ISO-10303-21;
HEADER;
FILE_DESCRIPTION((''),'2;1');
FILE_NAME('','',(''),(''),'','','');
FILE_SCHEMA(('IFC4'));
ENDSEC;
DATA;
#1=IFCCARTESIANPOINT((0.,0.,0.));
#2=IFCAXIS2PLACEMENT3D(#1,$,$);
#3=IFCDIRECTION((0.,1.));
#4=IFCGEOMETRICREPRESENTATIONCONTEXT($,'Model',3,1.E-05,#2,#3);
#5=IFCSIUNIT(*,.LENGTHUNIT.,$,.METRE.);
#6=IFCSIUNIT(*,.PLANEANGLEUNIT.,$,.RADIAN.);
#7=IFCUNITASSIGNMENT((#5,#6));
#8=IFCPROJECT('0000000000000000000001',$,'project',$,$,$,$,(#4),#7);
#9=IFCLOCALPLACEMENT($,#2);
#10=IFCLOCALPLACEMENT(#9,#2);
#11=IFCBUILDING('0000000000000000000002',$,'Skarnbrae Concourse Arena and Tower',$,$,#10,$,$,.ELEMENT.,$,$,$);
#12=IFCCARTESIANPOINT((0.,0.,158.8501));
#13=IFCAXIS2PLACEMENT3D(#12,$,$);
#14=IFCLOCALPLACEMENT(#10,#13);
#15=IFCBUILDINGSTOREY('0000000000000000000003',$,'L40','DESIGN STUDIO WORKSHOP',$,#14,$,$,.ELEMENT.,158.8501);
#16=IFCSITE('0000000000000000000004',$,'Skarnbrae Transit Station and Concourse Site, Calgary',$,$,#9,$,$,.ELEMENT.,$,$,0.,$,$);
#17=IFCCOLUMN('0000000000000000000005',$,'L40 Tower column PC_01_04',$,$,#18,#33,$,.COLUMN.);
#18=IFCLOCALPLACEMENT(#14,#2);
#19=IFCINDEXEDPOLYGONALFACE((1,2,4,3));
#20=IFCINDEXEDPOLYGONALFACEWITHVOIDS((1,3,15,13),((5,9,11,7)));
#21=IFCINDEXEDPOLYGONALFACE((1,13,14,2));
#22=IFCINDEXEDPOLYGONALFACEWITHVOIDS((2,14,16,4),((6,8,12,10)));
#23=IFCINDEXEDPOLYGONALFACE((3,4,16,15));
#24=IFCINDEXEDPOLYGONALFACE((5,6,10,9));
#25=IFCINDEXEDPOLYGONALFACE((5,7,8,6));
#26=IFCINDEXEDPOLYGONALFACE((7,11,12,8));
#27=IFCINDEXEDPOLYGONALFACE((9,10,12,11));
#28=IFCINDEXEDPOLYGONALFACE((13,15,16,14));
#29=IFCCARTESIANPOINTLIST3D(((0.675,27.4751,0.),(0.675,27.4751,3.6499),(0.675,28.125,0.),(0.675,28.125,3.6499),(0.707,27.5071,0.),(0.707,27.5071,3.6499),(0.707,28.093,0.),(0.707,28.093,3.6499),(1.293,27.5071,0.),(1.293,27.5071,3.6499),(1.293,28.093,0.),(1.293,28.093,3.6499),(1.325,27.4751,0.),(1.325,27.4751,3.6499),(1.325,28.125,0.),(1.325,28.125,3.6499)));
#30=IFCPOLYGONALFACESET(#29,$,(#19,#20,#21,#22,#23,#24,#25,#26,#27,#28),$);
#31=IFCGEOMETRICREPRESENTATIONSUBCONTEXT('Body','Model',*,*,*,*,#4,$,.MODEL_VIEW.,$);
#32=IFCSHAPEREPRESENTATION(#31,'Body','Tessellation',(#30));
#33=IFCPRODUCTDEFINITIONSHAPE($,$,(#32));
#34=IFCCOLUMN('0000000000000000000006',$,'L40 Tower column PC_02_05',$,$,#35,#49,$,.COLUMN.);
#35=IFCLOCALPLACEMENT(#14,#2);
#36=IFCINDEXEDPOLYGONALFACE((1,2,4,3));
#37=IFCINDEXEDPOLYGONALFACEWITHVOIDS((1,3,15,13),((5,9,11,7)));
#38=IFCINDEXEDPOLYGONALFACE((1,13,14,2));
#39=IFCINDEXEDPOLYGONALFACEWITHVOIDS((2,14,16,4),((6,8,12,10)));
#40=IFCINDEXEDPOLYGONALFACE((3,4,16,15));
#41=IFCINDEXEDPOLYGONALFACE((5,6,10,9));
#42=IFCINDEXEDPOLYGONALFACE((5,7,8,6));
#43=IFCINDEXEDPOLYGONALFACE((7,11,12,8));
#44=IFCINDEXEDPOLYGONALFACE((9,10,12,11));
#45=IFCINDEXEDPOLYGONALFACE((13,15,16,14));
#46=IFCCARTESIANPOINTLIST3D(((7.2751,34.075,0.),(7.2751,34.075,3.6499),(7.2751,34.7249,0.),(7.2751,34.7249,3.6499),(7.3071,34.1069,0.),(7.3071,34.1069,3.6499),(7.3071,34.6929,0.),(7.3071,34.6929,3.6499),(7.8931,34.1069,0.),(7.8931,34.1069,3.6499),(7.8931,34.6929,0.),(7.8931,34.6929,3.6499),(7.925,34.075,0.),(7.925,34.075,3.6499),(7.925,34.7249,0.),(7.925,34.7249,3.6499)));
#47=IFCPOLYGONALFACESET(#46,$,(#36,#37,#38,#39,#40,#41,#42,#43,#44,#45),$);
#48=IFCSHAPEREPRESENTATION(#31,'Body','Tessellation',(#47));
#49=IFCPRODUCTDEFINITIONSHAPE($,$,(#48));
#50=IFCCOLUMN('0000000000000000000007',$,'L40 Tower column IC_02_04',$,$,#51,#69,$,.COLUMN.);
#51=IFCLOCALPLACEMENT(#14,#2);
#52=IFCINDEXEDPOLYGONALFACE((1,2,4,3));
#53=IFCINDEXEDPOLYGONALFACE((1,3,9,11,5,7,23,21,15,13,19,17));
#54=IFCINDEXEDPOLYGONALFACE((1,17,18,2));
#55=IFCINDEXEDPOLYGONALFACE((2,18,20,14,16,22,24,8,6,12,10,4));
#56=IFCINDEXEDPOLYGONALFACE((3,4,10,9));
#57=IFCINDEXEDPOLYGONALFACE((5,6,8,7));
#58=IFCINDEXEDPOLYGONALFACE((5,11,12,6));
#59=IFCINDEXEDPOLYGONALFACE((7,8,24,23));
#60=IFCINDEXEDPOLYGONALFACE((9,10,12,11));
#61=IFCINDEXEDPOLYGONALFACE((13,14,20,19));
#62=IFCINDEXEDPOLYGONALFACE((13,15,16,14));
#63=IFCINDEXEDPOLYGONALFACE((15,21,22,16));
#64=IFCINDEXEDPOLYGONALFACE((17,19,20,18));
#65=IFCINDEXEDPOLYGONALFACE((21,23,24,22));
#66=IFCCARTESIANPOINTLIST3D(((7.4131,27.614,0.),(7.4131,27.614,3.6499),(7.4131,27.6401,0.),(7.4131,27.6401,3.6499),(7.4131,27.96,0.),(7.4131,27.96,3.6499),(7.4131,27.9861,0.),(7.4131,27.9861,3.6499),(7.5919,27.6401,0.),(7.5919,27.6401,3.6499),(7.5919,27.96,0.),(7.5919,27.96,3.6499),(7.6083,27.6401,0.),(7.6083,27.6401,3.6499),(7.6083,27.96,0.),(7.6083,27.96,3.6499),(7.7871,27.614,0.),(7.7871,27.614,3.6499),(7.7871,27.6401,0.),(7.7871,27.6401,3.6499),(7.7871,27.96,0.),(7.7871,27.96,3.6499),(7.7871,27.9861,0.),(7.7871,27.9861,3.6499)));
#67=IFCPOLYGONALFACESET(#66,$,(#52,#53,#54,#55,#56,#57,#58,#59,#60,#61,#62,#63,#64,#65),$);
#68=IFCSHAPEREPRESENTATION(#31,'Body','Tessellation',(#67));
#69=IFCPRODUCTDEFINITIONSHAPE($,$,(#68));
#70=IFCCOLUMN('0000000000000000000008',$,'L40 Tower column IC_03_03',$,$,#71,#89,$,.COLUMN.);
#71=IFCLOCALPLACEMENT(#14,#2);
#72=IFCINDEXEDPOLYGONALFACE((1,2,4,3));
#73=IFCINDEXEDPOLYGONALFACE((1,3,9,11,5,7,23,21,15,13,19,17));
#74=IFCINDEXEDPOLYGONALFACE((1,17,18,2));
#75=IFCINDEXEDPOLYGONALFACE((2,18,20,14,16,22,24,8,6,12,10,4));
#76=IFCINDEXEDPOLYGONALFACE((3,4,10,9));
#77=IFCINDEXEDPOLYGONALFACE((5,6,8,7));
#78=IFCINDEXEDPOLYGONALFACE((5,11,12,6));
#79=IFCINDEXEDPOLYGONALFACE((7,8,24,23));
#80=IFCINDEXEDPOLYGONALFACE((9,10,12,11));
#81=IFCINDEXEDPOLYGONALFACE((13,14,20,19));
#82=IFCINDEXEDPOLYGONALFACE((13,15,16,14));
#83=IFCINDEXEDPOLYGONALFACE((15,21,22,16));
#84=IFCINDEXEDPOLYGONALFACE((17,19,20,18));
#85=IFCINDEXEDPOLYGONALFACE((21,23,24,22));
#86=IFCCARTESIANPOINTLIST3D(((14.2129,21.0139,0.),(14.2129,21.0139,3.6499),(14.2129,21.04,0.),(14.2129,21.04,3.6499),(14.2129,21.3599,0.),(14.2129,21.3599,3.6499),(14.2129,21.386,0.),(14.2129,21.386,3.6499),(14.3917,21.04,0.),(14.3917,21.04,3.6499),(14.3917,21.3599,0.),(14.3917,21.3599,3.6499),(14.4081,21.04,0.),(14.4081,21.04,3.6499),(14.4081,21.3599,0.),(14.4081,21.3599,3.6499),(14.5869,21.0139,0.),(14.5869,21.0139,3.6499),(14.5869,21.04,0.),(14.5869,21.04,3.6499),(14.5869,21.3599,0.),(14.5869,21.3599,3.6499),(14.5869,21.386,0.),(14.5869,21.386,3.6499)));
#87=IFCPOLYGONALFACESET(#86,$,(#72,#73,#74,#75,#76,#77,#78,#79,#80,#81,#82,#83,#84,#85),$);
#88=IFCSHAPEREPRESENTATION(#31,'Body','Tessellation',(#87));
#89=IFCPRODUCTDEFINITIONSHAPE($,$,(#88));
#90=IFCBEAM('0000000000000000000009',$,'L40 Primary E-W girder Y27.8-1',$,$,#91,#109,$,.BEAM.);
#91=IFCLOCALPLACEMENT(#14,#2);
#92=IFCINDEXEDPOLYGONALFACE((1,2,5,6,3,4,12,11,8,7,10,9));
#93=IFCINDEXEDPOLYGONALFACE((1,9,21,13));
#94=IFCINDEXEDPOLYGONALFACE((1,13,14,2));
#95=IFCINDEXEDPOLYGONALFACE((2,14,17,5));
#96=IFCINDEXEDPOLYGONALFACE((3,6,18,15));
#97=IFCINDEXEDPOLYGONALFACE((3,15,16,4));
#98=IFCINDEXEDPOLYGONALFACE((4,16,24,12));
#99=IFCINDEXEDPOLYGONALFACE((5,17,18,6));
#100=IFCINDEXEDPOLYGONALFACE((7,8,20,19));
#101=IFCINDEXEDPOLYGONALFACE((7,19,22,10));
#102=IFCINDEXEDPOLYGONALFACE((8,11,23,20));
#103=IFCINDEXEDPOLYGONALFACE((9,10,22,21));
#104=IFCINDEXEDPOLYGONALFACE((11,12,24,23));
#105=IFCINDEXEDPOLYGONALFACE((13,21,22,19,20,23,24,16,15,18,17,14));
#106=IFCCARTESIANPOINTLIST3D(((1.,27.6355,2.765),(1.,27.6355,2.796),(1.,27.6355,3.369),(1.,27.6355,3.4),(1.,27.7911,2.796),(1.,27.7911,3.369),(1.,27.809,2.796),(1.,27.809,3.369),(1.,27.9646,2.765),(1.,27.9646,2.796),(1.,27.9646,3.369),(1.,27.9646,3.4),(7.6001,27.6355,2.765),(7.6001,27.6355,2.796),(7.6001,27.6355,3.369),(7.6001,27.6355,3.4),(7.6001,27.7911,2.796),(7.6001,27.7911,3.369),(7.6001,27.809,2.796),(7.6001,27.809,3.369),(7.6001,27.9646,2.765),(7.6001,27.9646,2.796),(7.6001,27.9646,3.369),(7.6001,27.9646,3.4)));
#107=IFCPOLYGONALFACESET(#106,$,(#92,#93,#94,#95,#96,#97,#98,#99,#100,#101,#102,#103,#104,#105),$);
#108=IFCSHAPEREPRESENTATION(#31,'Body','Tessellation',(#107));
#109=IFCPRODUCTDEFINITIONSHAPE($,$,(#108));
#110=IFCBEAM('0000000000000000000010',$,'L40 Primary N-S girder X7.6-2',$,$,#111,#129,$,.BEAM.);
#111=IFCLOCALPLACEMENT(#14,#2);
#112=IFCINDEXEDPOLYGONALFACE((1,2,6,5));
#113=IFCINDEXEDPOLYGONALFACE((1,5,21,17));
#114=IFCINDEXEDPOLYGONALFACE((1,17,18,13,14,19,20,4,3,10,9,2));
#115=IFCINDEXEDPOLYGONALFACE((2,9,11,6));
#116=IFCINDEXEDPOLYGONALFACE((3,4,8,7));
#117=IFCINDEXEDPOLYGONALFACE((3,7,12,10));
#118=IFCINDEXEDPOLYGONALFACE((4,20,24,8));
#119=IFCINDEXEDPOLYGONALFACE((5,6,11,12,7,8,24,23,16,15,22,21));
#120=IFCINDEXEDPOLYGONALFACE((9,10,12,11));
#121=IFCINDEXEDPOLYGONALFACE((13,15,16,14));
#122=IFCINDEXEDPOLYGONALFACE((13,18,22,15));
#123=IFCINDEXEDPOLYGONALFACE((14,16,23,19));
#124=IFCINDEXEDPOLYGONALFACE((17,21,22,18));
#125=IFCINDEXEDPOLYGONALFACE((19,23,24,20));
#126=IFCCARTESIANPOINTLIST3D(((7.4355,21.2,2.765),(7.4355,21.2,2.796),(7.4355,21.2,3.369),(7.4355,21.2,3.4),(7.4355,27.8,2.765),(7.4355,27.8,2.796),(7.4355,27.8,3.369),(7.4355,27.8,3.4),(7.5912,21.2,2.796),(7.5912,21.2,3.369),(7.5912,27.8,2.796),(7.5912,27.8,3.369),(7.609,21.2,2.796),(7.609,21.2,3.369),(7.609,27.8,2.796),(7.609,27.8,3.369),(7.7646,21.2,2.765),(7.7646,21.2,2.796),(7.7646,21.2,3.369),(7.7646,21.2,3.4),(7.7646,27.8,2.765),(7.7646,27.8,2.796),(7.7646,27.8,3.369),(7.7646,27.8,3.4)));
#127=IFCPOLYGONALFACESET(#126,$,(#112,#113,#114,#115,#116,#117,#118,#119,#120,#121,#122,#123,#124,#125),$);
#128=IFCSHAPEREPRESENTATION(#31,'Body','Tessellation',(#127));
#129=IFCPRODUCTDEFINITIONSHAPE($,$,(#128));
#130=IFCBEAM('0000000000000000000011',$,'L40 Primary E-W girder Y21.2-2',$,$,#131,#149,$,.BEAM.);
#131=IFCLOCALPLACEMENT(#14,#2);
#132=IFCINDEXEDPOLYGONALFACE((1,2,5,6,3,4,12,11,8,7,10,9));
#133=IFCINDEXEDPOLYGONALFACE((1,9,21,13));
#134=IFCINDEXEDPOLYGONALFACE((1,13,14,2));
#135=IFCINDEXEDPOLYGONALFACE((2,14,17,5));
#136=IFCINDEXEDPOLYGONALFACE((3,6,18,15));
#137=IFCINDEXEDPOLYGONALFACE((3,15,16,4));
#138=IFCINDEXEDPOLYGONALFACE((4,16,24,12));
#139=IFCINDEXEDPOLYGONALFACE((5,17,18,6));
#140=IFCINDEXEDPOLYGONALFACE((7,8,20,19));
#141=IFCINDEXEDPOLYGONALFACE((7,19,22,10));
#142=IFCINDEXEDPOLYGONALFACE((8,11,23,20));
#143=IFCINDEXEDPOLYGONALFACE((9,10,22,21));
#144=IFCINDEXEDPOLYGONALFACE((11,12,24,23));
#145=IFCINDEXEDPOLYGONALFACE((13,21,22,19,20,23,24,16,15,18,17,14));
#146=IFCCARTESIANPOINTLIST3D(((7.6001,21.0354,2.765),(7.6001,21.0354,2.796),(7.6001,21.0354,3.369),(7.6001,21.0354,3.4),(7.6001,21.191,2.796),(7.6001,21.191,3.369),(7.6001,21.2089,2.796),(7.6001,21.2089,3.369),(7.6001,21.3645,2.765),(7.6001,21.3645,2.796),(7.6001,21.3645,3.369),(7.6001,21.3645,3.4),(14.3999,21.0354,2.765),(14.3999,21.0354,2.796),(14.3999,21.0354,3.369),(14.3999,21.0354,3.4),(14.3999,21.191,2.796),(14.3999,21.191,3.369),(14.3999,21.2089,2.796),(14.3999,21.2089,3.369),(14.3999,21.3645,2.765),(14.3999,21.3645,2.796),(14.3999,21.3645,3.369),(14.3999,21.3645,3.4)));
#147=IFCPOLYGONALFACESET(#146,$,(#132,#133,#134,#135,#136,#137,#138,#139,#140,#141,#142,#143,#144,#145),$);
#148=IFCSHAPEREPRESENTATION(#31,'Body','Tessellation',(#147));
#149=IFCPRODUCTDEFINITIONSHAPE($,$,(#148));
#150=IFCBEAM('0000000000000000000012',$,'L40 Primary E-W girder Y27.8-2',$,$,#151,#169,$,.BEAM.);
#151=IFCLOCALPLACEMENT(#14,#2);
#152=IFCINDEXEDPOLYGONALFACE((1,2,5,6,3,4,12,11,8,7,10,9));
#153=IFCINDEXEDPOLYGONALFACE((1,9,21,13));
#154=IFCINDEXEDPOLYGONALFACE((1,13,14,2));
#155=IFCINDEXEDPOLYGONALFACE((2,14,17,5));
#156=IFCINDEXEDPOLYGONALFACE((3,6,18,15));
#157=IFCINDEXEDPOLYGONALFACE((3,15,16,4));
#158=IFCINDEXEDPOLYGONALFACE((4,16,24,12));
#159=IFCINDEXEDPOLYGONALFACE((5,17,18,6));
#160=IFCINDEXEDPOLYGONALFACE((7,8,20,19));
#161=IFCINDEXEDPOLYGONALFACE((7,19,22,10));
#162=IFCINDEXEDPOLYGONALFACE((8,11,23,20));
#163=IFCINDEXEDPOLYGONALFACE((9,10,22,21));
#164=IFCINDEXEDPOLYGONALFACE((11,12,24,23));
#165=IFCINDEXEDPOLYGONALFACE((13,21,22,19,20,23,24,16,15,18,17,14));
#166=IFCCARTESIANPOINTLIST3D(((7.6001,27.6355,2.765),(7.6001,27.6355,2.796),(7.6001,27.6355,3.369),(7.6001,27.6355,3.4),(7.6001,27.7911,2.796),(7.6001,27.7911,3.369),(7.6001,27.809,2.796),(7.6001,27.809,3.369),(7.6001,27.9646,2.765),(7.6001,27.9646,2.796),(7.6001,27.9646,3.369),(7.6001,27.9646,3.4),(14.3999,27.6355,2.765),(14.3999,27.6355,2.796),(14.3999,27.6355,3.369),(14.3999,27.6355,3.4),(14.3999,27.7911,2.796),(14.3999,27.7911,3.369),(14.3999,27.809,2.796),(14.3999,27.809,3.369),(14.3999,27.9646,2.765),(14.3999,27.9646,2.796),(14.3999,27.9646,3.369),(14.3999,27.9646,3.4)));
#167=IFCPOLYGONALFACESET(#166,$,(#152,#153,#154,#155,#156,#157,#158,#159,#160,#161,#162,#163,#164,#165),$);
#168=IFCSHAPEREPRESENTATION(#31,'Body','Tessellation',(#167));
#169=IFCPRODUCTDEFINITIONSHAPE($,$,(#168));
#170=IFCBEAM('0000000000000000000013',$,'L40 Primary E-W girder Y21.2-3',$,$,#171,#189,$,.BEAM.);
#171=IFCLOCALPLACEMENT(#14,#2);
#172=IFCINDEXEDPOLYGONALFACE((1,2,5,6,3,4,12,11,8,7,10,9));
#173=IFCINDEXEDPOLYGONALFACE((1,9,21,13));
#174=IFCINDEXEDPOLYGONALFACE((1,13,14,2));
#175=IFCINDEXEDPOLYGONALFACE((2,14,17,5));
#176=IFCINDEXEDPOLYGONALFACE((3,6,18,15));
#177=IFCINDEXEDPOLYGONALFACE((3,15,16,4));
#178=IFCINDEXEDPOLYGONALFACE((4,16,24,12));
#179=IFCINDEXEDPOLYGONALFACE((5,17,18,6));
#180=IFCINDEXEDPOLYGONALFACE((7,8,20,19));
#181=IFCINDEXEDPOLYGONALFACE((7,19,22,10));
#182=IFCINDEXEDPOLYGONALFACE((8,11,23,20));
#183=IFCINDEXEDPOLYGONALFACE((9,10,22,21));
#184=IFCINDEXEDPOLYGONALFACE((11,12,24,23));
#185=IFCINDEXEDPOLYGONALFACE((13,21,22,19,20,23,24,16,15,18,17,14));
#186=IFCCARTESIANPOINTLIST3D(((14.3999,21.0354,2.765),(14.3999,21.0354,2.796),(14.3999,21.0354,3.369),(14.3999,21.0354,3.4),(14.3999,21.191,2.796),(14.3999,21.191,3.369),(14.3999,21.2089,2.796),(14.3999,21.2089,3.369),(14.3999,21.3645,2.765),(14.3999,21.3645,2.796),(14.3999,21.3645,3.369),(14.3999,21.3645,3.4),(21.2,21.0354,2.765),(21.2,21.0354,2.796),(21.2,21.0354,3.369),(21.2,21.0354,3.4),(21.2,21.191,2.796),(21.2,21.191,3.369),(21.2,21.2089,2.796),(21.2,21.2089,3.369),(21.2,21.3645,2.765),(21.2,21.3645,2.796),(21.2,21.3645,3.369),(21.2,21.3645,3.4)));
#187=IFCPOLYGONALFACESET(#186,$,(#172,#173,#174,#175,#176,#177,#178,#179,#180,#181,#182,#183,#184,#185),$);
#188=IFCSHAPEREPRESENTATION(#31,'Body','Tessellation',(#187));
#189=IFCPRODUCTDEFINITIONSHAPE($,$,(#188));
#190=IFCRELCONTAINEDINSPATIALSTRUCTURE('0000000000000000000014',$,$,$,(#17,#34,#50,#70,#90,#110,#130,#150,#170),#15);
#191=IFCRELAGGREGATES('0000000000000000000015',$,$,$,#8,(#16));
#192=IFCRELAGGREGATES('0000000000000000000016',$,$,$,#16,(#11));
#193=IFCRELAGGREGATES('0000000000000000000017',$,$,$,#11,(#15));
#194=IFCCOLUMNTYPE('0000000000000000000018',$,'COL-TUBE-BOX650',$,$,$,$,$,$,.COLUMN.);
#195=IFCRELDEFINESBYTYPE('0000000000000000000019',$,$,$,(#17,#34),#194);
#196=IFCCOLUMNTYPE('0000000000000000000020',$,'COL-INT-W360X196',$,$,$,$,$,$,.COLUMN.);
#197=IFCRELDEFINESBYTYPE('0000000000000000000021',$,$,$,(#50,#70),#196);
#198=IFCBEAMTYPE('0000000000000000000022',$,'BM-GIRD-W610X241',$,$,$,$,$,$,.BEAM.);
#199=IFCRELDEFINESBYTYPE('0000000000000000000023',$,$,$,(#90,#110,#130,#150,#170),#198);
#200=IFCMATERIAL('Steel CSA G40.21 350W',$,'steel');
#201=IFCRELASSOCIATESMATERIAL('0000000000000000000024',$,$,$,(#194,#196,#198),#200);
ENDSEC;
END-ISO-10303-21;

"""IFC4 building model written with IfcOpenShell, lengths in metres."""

from ifc_helpers import new_model, si_unit, direction, frame, origin, origin_2d, place, context, subcontext, project, spatial, hollow_rectangle, i_section, extrude, source, transform, mapped, material, material_profile, profile_set, type_object, element, save


model = new_model("IFC4")

# Units and contexts
model_context = context("Model", 3, precision=1e-05, world=origin(), true_north=direction((0.0, 1.0)))
body_context = subcontext(model_context, "Body", "Model", "MODEL_VIEW")
ifc_project = project(units=[si_unit("LENGTHUNIT", "METRE"), si_unit("PLANEANGLEUNIT", "RADIAN")], contexts=[model_context])

# Site, building, storey
site_placement = place(None, origin())
site = spatial("IfcSite", under=ifc_project, at=site_placement, Name="Skarnbrae Transit Station and Concourse Site, Calgary", CompositionType="ELEMENT", RefElevation=0.0)
building_placement = place(site_placement, origin())
building = spatial("IfcBuilding", under=site, at=building_placement, Name="Skarnbrae Concourse Arena and Tower", CompositionType="ELEMENT")
storey_placement = place(building_placement, frame((0.0, 0.0, 158.8501)))
storey = spatial("IfcBuildingStorey", under=building, at=storey_placement, Name="L40", Description="DESIGN STUDIO WORKSHOP", CompositionType="ELEMENT", Elevation=158.8501)

# Columns
ifc_material_1 = material(Name="Steel CSA G40.21 350W", Category="steel")
ifc_material_profile_1 = material_profile(ifc_material_1, hollow_rectangle(XDim=0.6499, YDim=0.6499, WallThickness=0.032, at=origin_2d()), Name="BOX650X650X32")
ifc_profile_set_1 = profile_set([ifc_material_profile_1], Name="Steel CSA G40.21 350W")
column_type_1 = type_object("IfcColumnType", Name="COL-TUBE-BOX650", PredefinedType="COLUMN", material=ifc_profile_set_1)
shared_shape_1 = source(origin(), body_context, "Body", "SweptSolid", [
    extrude(hollow_rectangle(XDim=0.6499, YDim=0.6499, WallThickness=0.032, at=origin_2d()), origin(), (0.0, 0.0, 1.0), 3.6499),
])
for number, where, z_axis, x_axis, name in (
    (1, (1.0, 27.8, 0.0), (0.0, 0.0, 1.0), (1.0, 0.0, 0.0), "L40 Tower column PC_01_04"),
    (2, (7.6001, 34.3999, 0.0), (0.0, 0.0, 1.0), (1.0, 0.0, 0.0), "L40 Tower column PC_02_05"),
):
    element("IfcColumn", number, at=place(storey_placement, frame(where, z_axis=z_axis, x_axis=x_axis)), inside=storey, type_object=column_type_1, Name=name, PredefinedType="COLUMN", context=body_context, shape_type="MappedRepresentation", body=[
        mapped(shared_shape_1, transform((0.0, 0.0, 0.0))),
    ])
ifc_material_profile_2 = material_profile(ifc_material_1, i_section(OverallWidth=0.374, OverallDepth=0.3721, WebThickness=0.0164, FlangeThickness=0.0261, at=origin_2d()), Name="W360X196")
ifc_profile_set_2 = profile_set([ifc_material_profile_2], Name="Steel CSA G40.21 350W")
column_type_2 = type_object("IfcColumnType", Name="COL-INT-W360X196", PredefinedType="COLUMN", material=ifc_profile_set_2)
shared_shape_2 = source(origin(), body_context, "Body", "SweptSolid", [
    extrude(i_section(OverallWidth=0.374, OverallDepth=0.3721, WebThickness=0.0164, FlangeThickness=0.0261, at=origin_2d()), origin(), (0.0, 0.0, 1.0), 3.6499),
])
for number, where, z_axis, x_axis, name in (
    (3, (7.6001, 27.8, 0.0), (0.0, 0.0, 1.0), (1.0, 0.0, 0.0), "L40 Tower column IC_02_04"),
    (4, (14.3999, 21.2, 0.0), (0.0, 0.0, 1.0), (1.0, 0.0, 0.0), "L40 Tower column IC_03_03"),
):
    element("IfcColumn", number, at=place(storey_placement, frame(where, z_axis=z_axis, x_axis=x_axis)), inside=storey, type_object=column_type_2, Name=name, PredefinedType="COLUMN", context=body_context, shape_type="MappedRepresentation", body=[
        mapped(shared_shape_2, transform((0.0, 0.0, 0.0))),
    ])

# Beams
ifc_material_profile_3 = material_profile(ifc_material_1, i_section(OverallWidth=0.3291, OverallDepth=0.635, WebThickness=0.0178, FlangeThickness=0.031, at=origin_2d()), Name="W610X241")
ifc_profile_set_3 = profile_set([ifc_material_profile_3], Name="Steel CSA G40.21 350W")
beam_type_1 = type_object("IfcBeamType", Name="BM-GIRD-W610X241", PredefinedType="BEAM", material=ifc_profile_set_3)
shared_shape_3 = source(origin(), body_context, "Body", "SweptSolid", [
    extrude(i_section(OverallWidth=0.3291, OverallDepth=0.635, WebThickness=0.0178, FlangeThickness=0.031, at=origin_2d()), origin(), (0.0, 0.0, 1.0), 6.6001),
])
for number, where, z_axis, x_axis, name in (
    (5, (1.0, 27.8, 3.0825), (1.0, 0.0, 0.0), (0.0, 1.0, 0.0), "L40 Primary E-W girder Y27.8-1"),
    (6, (7.6001, 21.2, 3.0825), (0.0, 1.0, 0.0), (-1.0, 0.0, 0.0), "L40 Primary N-S girder X7.6-2"),
):
    element("IfcBeam", number, at=place(storey_placement, frame(where, z_axis=z_axis, x_axis=x_axis)), inside=storey, type_object=beam_type_1, Name=name, PredefinedType="BEAM", context=body_context, shape_type="MappedRepresentation", body=[
        mapped(shared_shape_3, transform((0.0, 0.0, 0.0))),
    ])
shared_shape_4 = source(origin(), body_context, "Body", "SweptSolid", [
    extrude(i_section(OverallWidth=0.3291, OverallDepth=0.635, WebThickness=0.0178, FlangeThickness=0.031, at=origin_2d()), origin(), (0.0, 0.0, 1.0), 6.7998),
])
for number, where, z_axis, x_axis, name in (
    (7, (7.6001, 21.2, 3.0825), (1.0, 0.0, 0.0), (0.0, 1.0, 0.0), "L40 Primary E-W girder Y21.2-2"),
    (8, (7.6001, 27.8, 3.0825), (1.0, 0.0, 0.0), (0.0, 1.0, 0.0), "L40 Primary E-W girder Y27.8-2"),
):
    element("IfcBeam", number, at=place(storey_placement, frame(where, z_axis=z_axis, x_axis=x_axis)), inside=storey, type_object=beam_type_1, Name=name, PredefinedType="BEAM", context=body_context, shape_type="MappedRepresentation", body=[
        mapped(shared_shape_4, transform((0.0, 0.0, 0.0))),
    ])
shared_shape_5 = source(origin(), body_context, "Body", "SweptSolid", [
    extrude(i_section(OverallWidth=0.3291, OverallDepth=0.635, WebThickness=0.0178, FlangeThickness=0.031, at=origin_2d()), origin(), (0.0, 0.0, 1.0), 6.8),
])
beam_1_placement = place(storey_placement, frame((14.3999, 21.2, 3.0825), z_axis=(1.0, 0.0, 0.0), x_axis=(0.0, 1.0, 0.0)))
element("IfcBeam", 9, at=beam_1_placement, inside=storey, type_object=beam_type_1, Name="L40 Primary E-W girder Y21.2-3", PredefinedType="BEAM", context=body_context, shape_type="MappedRepresentation", body=[
    mapped(shared_shape_5, transform((0.0, 0.0, 0.0))),
])

save(model, "model.ifc")
